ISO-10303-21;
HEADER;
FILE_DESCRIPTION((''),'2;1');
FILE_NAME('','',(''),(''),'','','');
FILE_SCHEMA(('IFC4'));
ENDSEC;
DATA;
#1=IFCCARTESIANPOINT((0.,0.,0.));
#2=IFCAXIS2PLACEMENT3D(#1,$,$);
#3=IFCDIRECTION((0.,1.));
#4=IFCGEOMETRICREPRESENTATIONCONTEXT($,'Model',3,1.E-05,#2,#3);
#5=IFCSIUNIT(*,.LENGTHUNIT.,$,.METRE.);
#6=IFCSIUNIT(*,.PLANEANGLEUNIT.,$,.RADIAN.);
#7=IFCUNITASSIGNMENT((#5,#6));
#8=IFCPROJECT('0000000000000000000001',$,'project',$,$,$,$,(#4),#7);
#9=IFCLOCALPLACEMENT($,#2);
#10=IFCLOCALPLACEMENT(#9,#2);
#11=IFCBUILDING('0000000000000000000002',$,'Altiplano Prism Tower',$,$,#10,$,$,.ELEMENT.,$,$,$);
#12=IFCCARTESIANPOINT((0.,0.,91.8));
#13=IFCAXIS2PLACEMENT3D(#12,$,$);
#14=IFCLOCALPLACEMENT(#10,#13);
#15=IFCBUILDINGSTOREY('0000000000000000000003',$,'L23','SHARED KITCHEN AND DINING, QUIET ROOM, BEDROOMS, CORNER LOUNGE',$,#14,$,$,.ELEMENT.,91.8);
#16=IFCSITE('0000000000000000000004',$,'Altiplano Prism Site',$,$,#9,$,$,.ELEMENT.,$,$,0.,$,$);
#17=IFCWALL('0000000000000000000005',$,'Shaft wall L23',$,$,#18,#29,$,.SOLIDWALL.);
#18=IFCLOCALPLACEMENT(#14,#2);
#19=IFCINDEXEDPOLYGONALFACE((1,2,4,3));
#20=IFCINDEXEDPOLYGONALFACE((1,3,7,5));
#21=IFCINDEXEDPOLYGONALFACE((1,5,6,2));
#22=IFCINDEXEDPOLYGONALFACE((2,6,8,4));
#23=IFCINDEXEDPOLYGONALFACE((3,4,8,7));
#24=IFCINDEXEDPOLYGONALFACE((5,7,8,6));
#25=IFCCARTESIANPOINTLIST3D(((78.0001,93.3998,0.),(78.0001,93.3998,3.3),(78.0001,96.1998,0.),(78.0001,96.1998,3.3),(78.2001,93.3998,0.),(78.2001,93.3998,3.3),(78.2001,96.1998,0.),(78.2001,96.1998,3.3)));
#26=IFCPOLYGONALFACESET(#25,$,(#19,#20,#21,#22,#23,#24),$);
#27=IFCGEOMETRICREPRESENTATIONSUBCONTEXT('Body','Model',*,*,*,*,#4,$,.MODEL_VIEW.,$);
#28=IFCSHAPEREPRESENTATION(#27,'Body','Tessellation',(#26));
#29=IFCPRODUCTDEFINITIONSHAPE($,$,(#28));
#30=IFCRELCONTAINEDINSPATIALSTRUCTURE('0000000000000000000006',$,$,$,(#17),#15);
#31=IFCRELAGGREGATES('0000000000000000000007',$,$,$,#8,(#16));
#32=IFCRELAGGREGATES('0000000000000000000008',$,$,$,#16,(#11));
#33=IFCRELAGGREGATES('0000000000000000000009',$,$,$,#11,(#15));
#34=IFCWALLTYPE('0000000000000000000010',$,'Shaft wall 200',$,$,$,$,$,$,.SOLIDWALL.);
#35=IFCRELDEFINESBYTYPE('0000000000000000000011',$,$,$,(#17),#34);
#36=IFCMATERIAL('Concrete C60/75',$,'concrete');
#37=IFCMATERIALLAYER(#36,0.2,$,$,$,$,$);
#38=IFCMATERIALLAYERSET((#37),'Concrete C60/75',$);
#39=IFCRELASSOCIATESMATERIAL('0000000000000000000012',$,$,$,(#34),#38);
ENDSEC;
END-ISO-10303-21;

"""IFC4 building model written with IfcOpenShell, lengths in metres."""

from ifc_helpers import new_model, si_unit, direction, frame, frame_2d, origin, place, context, subcontext, project, spatial, rectangle, extrude, material, layer, layer_set, type_object, element, save


model = new_model("IFC4")

# Units and contexts
model_context = context("Model", 3, precision=1e-05, world=origin(), true_north=direction((0.0, 1.0)))
body_context = subcontext(model_context, "Body", "Model", "MODEL_VIEW")
ifc_project = project(units=[si_unit("LENGTHUNIT", "METRE"), si_unit("PLANEANGLEUNIT", "RADIAN")], contexts=[model_context])

# Site, building, storey
site_placement = place(None, origin())
site = spatial("IfcSite", under=ifc_project, at=site_placement, Name="Altiplano Prism Site", CompositionType="ELEMENT", RefElevation=0.0)
building_placement = place(site_placement, origin())
building = spatial("IfcBuilding", under=site, at=building_placement, Name="Altiplano Prism Tower", CompositionType="ELEMENT")
storey_placement = place(building_placement, frame((0.0, 0.0, 91.8)))
storey = spatial("IfcBuildingStorey", under=building, at=storey_placement, Name="L23", Description="SHARED KITCHEN AND DINING, QUIET ROOM, BEDROOMS, CORNER LOUNGE", CompositionType="ELEMENT", Elevation=91.8)

# Shared definitions
ifc_material_1 = material(Name="Concrete C60/75", Category="concrete")

# Wall
ifc_layer_1 = layer(ifc_material_1, 0.2)
ifc_layer_set_1 = layer_set([ifc_layer_1], Name="Concrete C60/75")
wall_type_1 = type_object("IfcWallType", Name="Shaft wall 200", PredefinedType="SOLIDWALL", material=ifc_layer_set_1)
wall_1_placement = place(storey_placement, frame((78.1001, 93.3999, 0.0), z_axis=(0.0, 0.0, 1.0), x_axis=(0.0, 1.0, 0.0)))
element("IfcWall", 1, at=wall_1_placement, inside=storey, type_object=wall_type_1, Name="Shaft wall L23", PredefinedType="SOLIDWALL", context=body_context, shape_type="SweptSolid", body=[
    extrude(rectangle(XDim=2.8, YDim=0.2, at=frame_2d((1.3999, 0.0))), origin(), (0.0, 0.0, 1.0), 3.3),
])

save(model, "model.ifc")
